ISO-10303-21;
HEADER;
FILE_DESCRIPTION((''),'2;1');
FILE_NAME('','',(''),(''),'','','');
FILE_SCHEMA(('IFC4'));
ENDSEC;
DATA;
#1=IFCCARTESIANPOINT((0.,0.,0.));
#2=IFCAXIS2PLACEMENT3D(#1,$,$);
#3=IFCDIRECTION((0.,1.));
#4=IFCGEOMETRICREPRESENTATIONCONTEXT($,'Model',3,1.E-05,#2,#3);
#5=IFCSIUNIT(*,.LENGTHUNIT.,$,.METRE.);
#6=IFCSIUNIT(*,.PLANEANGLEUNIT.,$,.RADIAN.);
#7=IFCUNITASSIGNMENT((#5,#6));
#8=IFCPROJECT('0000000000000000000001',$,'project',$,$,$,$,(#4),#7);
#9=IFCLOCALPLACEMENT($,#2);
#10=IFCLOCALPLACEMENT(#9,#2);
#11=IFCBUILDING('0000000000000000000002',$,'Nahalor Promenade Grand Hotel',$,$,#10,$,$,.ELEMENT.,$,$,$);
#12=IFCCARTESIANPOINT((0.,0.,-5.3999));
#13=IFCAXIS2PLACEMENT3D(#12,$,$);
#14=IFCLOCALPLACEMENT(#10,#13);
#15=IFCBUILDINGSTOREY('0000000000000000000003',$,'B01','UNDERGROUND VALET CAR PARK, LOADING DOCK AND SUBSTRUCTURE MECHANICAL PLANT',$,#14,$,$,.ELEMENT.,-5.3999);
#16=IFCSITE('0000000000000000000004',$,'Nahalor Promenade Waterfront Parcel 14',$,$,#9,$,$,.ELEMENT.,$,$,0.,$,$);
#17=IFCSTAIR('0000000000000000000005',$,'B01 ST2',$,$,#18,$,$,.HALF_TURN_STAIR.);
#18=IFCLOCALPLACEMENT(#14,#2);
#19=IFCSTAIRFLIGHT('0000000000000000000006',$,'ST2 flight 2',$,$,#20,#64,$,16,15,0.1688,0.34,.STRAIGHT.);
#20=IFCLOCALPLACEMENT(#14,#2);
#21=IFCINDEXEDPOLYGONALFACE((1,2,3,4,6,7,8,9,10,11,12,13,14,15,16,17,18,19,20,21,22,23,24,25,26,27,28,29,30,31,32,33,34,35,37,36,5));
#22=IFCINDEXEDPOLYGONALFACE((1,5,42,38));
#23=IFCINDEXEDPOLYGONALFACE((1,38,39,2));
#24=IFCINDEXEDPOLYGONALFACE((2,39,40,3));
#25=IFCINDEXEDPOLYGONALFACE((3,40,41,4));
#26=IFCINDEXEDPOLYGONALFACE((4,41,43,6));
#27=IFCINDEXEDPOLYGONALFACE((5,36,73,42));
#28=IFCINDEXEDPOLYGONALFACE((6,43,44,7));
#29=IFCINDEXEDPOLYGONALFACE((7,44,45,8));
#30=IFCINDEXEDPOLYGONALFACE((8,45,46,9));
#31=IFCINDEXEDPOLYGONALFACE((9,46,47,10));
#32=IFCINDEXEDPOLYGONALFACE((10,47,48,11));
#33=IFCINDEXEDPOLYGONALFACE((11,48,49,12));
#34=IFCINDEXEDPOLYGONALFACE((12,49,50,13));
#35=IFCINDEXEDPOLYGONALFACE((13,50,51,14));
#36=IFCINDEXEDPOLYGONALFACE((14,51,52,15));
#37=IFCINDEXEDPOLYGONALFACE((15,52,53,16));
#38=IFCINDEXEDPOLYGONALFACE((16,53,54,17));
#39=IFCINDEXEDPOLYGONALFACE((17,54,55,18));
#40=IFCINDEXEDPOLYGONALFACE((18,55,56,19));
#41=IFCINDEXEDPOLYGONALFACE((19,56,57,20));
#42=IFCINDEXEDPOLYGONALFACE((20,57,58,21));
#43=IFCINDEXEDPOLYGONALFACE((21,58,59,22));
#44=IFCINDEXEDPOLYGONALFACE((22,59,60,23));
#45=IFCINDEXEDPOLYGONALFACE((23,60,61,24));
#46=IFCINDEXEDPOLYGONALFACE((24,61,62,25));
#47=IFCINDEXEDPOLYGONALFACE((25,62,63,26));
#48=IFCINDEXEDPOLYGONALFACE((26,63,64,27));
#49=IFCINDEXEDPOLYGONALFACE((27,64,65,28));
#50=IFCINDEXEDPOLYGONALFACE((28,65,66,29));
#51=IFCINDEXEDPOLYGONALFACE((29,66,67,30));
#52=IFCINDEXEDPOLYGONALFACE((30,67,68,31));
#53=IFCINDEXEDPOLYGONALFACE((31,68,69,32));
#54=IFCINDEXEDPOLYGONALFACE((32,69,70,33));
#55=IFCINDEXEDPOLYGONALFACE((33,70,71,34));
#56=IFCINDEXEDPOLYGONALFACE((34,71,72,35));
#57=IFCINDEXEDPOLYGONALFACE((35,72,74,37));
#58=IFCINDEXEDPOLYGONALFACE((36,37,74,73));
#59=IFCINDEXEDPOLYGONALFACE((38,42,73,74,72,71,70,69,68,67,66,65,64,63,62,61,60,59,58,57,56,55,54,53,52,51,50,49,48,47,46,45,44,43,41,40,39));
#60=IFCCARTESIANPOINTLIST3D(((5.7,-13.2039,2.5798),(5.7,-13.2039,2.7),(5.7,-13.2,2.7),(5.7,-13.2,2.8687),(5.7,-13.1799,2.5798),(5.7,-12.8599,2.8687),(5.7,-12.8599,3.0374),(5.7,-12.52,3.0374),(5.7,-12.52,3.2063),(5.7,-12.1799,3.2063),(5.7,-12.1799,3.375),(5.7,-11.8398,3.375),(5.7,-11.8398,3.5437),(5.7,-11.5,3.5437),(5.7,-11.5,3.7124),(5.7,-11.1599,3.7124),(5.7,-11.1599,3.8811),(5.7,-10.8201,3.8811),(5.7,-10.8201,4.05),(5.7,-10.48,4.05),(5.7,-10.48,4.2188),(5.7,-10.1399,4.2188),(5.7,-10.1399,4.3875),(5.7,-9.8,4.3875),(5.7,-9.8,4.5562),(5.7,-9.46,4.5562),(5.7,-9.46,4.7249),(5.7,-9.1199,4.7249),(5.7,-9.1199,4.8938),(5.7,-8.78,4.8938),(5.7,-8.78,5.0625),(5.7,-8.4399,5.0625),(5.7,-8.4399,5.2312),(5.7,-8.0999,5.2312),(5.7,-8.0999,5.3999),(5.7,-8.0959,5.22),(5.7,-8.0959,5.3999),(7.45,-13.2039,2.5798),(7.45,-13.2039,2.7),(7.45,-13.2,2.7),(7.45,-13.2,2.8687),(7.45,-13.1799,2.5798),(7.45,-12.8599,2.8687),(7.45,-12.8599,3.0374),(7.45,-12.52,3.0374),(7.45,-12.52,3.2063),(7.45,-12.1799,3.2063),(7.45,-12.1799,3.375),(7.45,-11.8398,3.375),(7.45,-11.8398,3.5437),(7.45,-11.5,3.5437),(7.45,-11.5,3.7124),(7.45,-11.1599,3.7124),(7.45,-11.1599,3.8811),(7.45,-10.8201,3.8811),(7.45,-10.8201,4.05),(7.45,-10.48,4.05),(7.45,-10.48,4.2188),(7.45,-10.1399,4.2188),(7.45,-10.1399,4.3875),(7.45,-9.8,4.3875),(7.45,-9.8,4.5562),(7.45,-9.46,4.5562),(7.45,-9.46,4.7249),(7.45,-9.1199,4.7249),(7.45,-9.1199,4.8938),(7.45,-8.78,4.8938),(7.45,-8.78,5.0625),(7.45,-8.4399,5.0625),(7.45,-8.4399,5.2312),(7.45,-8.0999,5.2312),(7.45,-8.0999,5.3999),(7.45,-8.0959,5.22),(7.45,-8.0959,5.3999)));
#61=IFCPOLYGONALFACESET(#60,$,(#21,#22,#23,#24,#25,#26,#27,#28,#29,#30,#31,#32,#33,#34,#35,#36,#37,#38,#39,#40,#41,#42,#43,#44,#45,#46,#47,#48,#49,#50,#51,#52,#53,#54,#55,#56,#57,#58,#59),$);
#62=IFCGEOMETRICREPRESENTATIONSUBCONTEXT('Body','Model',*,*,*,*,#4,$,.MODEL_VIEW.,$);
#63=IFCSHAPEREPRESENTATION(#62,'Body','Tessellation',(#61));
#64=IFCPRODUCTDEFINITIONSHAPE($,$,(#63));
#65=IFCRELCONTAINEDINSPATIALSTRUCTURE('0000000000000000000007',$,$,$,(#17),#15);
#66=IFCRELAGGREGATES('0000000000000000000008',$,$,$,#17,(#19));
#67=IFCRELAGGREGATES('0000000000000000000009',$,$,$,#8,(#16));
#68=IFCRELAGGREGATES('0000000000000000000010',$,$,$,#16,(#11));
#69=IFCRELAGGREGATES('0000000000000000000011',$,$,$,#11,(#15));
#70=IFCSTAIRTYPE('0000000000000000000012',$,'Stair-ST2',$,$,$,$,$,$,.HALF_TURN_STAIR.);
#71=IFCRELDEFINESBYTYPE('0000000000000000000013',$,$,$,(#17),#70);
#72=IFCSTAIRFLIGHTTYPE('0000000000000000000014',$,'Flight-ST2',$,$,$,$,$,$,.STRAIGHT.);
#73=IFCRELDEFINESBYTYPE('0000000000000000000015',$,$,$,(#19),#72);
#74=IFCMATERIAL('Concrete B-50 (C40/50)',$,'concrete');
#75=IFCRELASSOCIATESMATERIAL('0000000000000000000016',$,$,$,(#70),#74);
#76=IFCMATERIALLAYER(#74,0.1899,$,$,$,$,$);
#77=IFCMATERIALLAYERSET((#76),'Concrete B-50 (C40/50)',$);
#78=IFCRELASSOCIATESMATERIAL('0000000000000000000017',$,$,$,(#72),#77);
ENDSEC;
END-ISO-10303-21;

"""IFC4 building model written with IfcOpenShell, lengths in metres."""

from ifc_helpers import new_model, si_unit, direction, frame, origin, place, context, subcontext, project, spatial, polyline, outline, extrude, source, transform, mapped, material, layer, layer_set, type_object, element, aggregate, save


model = new_model("IFC4")

# Units and contexts
model_context = context("Model", 3, precision=1e-05, world=origin(), true_north=direction((0.0, 1.0)))
body_context = subcontext(model_context, "Body", "Model", "MODEL_VIEW")
ifc_project = project(units=[si_unit("LENGTHUNIT", "METRE"), si_unit("PLANEANGLEUNIT", "RADIAN")], contexts=[model_context])

# Site, building, storey
site_placement = place(None, origin())
site = spatial("IfcSite", under=ifc_project, at=site_placement, Name="Nahalor Promenade Waterfront Parcel 14", CompositionType="ELEMENT", RefElevation=0.0)
building_placement = place(site_placement, origin())
building = spatial("IfcBuilding", under=site, at=building_placement, Name="Nahalor Promenade Grand Hotel", CompositionType="ELEMENT")
storey_placement = place(building_placement, frame((0.0, 0.0, -5.3999)))
storey = spatial("IfcBuildingStorey", under=building, at=storey_placement, Name="B01", Description="UNDERGROUND VALET CAR PARK, LOADING DOCK AND SUBSTRUCTURE MECHANICAL PLANT", CompositionType="ELEMENT", Elevation=-5.3999)

# Shared definitions
ifc_material_1 = material(Name="Concrete B-50 (C40/50)", Category="concrete")

# Stair, stair flight
stair_type = type_object("IfcStairType", Name="Stair-ST2", PredefinedType="HALF_TURN_STAIR", material=ifc_material_1)
stair_placement = place(storey_placement, origin())
stair = element("IfcStair", 1, at=stair_placement, inside=storey, type_object=stair_type, Name="B01 ST2", PredefinedType="HALF_TURN_STAIR")
ifc_layer_1 = layer(ifc_material_1, 0.1899)
ifc_layer_set_1 = layer_set([ifc_layer_1], Name="Concrete B-50 (C40/50)")
stair_flight_type = type_object("IfcStairFlightType", Name="Flight-ST2", PredefinedType="STRAIGHT", material=ifc_layer_set_1)
shared_shape_1 = source(origin(), body_context, "Body", "SweptSolid", [
    extrude(outline(polyline([(-0.0039, -0.1201), (-0.0039, 0.0), (0.0, 0.0), (0.0, 0.1687), (0.3401, 0.1687), (0.3401, 0.3374), (0.6799, 0.3374), (0.6799, 0.5063), (1.02, 0.5063), (1.02, 0.675), (1.3601, 0.675), (1.3601, 0.8438), (1.7, 0.8438), (1.7, 1.0125), (2.04, 1.0125), (2.04, 1.1812), (2.3799, 1.1812), (2.3799, 1.3501), (2.72, 1.3501), (2.72, 1.5188), (3.0601, 1.5188), (3.0601, 1.6875), (3.3999, 1.6875), (3.3999, 1.8562), (3.74, 1.8562), (3.74, 2.0249), (4.0801, 2.0249), (4.0801, 2.1938), (4.4199, 2.1938), (4.4199, 2.3625), (4.76, 2.3625), (4.76, 2.5312), (5.1001, 2.5312), (5.1001, 2.7), (5.104, 2.7), (5.104, 2.52), (0.02, -0.1201), (-0.0039, -0.1201)])), frame((0.0, 0.875, 0.0), z_axis=(0.0, -1.0, 0.0), x_axis=(1.0, 0.0, 0.0)), (0.0, 0.0, 1.0), 1.75),
])
stair_flight_1_placement = place(storey_placement, frame((6.575, -13.2, 2.7), z_axis=(0.0, 0.0, 1.0), x_axis=(0.0, 1.0, 0.0)))
stair_flight_1 = element("IfcStairFlight", 2, at=stair_flight_1_placement, type_object=stair_flight_type, Name="ST2 flight 2", NumberOfRisers=16, NumberOfTreads=15, PredefinedType="STRAIGHT", RiserHeight=0.1688, TreadLength=0.34, context=body_context, shape_type="MappedRepresentation", body=[
    mapped(shared_shape_1, transform((0.0, 0.0, 0.0), scale=1.0)),
])
aggregate(stair, [stair_flight_1])

save(model, "model.ifc")
